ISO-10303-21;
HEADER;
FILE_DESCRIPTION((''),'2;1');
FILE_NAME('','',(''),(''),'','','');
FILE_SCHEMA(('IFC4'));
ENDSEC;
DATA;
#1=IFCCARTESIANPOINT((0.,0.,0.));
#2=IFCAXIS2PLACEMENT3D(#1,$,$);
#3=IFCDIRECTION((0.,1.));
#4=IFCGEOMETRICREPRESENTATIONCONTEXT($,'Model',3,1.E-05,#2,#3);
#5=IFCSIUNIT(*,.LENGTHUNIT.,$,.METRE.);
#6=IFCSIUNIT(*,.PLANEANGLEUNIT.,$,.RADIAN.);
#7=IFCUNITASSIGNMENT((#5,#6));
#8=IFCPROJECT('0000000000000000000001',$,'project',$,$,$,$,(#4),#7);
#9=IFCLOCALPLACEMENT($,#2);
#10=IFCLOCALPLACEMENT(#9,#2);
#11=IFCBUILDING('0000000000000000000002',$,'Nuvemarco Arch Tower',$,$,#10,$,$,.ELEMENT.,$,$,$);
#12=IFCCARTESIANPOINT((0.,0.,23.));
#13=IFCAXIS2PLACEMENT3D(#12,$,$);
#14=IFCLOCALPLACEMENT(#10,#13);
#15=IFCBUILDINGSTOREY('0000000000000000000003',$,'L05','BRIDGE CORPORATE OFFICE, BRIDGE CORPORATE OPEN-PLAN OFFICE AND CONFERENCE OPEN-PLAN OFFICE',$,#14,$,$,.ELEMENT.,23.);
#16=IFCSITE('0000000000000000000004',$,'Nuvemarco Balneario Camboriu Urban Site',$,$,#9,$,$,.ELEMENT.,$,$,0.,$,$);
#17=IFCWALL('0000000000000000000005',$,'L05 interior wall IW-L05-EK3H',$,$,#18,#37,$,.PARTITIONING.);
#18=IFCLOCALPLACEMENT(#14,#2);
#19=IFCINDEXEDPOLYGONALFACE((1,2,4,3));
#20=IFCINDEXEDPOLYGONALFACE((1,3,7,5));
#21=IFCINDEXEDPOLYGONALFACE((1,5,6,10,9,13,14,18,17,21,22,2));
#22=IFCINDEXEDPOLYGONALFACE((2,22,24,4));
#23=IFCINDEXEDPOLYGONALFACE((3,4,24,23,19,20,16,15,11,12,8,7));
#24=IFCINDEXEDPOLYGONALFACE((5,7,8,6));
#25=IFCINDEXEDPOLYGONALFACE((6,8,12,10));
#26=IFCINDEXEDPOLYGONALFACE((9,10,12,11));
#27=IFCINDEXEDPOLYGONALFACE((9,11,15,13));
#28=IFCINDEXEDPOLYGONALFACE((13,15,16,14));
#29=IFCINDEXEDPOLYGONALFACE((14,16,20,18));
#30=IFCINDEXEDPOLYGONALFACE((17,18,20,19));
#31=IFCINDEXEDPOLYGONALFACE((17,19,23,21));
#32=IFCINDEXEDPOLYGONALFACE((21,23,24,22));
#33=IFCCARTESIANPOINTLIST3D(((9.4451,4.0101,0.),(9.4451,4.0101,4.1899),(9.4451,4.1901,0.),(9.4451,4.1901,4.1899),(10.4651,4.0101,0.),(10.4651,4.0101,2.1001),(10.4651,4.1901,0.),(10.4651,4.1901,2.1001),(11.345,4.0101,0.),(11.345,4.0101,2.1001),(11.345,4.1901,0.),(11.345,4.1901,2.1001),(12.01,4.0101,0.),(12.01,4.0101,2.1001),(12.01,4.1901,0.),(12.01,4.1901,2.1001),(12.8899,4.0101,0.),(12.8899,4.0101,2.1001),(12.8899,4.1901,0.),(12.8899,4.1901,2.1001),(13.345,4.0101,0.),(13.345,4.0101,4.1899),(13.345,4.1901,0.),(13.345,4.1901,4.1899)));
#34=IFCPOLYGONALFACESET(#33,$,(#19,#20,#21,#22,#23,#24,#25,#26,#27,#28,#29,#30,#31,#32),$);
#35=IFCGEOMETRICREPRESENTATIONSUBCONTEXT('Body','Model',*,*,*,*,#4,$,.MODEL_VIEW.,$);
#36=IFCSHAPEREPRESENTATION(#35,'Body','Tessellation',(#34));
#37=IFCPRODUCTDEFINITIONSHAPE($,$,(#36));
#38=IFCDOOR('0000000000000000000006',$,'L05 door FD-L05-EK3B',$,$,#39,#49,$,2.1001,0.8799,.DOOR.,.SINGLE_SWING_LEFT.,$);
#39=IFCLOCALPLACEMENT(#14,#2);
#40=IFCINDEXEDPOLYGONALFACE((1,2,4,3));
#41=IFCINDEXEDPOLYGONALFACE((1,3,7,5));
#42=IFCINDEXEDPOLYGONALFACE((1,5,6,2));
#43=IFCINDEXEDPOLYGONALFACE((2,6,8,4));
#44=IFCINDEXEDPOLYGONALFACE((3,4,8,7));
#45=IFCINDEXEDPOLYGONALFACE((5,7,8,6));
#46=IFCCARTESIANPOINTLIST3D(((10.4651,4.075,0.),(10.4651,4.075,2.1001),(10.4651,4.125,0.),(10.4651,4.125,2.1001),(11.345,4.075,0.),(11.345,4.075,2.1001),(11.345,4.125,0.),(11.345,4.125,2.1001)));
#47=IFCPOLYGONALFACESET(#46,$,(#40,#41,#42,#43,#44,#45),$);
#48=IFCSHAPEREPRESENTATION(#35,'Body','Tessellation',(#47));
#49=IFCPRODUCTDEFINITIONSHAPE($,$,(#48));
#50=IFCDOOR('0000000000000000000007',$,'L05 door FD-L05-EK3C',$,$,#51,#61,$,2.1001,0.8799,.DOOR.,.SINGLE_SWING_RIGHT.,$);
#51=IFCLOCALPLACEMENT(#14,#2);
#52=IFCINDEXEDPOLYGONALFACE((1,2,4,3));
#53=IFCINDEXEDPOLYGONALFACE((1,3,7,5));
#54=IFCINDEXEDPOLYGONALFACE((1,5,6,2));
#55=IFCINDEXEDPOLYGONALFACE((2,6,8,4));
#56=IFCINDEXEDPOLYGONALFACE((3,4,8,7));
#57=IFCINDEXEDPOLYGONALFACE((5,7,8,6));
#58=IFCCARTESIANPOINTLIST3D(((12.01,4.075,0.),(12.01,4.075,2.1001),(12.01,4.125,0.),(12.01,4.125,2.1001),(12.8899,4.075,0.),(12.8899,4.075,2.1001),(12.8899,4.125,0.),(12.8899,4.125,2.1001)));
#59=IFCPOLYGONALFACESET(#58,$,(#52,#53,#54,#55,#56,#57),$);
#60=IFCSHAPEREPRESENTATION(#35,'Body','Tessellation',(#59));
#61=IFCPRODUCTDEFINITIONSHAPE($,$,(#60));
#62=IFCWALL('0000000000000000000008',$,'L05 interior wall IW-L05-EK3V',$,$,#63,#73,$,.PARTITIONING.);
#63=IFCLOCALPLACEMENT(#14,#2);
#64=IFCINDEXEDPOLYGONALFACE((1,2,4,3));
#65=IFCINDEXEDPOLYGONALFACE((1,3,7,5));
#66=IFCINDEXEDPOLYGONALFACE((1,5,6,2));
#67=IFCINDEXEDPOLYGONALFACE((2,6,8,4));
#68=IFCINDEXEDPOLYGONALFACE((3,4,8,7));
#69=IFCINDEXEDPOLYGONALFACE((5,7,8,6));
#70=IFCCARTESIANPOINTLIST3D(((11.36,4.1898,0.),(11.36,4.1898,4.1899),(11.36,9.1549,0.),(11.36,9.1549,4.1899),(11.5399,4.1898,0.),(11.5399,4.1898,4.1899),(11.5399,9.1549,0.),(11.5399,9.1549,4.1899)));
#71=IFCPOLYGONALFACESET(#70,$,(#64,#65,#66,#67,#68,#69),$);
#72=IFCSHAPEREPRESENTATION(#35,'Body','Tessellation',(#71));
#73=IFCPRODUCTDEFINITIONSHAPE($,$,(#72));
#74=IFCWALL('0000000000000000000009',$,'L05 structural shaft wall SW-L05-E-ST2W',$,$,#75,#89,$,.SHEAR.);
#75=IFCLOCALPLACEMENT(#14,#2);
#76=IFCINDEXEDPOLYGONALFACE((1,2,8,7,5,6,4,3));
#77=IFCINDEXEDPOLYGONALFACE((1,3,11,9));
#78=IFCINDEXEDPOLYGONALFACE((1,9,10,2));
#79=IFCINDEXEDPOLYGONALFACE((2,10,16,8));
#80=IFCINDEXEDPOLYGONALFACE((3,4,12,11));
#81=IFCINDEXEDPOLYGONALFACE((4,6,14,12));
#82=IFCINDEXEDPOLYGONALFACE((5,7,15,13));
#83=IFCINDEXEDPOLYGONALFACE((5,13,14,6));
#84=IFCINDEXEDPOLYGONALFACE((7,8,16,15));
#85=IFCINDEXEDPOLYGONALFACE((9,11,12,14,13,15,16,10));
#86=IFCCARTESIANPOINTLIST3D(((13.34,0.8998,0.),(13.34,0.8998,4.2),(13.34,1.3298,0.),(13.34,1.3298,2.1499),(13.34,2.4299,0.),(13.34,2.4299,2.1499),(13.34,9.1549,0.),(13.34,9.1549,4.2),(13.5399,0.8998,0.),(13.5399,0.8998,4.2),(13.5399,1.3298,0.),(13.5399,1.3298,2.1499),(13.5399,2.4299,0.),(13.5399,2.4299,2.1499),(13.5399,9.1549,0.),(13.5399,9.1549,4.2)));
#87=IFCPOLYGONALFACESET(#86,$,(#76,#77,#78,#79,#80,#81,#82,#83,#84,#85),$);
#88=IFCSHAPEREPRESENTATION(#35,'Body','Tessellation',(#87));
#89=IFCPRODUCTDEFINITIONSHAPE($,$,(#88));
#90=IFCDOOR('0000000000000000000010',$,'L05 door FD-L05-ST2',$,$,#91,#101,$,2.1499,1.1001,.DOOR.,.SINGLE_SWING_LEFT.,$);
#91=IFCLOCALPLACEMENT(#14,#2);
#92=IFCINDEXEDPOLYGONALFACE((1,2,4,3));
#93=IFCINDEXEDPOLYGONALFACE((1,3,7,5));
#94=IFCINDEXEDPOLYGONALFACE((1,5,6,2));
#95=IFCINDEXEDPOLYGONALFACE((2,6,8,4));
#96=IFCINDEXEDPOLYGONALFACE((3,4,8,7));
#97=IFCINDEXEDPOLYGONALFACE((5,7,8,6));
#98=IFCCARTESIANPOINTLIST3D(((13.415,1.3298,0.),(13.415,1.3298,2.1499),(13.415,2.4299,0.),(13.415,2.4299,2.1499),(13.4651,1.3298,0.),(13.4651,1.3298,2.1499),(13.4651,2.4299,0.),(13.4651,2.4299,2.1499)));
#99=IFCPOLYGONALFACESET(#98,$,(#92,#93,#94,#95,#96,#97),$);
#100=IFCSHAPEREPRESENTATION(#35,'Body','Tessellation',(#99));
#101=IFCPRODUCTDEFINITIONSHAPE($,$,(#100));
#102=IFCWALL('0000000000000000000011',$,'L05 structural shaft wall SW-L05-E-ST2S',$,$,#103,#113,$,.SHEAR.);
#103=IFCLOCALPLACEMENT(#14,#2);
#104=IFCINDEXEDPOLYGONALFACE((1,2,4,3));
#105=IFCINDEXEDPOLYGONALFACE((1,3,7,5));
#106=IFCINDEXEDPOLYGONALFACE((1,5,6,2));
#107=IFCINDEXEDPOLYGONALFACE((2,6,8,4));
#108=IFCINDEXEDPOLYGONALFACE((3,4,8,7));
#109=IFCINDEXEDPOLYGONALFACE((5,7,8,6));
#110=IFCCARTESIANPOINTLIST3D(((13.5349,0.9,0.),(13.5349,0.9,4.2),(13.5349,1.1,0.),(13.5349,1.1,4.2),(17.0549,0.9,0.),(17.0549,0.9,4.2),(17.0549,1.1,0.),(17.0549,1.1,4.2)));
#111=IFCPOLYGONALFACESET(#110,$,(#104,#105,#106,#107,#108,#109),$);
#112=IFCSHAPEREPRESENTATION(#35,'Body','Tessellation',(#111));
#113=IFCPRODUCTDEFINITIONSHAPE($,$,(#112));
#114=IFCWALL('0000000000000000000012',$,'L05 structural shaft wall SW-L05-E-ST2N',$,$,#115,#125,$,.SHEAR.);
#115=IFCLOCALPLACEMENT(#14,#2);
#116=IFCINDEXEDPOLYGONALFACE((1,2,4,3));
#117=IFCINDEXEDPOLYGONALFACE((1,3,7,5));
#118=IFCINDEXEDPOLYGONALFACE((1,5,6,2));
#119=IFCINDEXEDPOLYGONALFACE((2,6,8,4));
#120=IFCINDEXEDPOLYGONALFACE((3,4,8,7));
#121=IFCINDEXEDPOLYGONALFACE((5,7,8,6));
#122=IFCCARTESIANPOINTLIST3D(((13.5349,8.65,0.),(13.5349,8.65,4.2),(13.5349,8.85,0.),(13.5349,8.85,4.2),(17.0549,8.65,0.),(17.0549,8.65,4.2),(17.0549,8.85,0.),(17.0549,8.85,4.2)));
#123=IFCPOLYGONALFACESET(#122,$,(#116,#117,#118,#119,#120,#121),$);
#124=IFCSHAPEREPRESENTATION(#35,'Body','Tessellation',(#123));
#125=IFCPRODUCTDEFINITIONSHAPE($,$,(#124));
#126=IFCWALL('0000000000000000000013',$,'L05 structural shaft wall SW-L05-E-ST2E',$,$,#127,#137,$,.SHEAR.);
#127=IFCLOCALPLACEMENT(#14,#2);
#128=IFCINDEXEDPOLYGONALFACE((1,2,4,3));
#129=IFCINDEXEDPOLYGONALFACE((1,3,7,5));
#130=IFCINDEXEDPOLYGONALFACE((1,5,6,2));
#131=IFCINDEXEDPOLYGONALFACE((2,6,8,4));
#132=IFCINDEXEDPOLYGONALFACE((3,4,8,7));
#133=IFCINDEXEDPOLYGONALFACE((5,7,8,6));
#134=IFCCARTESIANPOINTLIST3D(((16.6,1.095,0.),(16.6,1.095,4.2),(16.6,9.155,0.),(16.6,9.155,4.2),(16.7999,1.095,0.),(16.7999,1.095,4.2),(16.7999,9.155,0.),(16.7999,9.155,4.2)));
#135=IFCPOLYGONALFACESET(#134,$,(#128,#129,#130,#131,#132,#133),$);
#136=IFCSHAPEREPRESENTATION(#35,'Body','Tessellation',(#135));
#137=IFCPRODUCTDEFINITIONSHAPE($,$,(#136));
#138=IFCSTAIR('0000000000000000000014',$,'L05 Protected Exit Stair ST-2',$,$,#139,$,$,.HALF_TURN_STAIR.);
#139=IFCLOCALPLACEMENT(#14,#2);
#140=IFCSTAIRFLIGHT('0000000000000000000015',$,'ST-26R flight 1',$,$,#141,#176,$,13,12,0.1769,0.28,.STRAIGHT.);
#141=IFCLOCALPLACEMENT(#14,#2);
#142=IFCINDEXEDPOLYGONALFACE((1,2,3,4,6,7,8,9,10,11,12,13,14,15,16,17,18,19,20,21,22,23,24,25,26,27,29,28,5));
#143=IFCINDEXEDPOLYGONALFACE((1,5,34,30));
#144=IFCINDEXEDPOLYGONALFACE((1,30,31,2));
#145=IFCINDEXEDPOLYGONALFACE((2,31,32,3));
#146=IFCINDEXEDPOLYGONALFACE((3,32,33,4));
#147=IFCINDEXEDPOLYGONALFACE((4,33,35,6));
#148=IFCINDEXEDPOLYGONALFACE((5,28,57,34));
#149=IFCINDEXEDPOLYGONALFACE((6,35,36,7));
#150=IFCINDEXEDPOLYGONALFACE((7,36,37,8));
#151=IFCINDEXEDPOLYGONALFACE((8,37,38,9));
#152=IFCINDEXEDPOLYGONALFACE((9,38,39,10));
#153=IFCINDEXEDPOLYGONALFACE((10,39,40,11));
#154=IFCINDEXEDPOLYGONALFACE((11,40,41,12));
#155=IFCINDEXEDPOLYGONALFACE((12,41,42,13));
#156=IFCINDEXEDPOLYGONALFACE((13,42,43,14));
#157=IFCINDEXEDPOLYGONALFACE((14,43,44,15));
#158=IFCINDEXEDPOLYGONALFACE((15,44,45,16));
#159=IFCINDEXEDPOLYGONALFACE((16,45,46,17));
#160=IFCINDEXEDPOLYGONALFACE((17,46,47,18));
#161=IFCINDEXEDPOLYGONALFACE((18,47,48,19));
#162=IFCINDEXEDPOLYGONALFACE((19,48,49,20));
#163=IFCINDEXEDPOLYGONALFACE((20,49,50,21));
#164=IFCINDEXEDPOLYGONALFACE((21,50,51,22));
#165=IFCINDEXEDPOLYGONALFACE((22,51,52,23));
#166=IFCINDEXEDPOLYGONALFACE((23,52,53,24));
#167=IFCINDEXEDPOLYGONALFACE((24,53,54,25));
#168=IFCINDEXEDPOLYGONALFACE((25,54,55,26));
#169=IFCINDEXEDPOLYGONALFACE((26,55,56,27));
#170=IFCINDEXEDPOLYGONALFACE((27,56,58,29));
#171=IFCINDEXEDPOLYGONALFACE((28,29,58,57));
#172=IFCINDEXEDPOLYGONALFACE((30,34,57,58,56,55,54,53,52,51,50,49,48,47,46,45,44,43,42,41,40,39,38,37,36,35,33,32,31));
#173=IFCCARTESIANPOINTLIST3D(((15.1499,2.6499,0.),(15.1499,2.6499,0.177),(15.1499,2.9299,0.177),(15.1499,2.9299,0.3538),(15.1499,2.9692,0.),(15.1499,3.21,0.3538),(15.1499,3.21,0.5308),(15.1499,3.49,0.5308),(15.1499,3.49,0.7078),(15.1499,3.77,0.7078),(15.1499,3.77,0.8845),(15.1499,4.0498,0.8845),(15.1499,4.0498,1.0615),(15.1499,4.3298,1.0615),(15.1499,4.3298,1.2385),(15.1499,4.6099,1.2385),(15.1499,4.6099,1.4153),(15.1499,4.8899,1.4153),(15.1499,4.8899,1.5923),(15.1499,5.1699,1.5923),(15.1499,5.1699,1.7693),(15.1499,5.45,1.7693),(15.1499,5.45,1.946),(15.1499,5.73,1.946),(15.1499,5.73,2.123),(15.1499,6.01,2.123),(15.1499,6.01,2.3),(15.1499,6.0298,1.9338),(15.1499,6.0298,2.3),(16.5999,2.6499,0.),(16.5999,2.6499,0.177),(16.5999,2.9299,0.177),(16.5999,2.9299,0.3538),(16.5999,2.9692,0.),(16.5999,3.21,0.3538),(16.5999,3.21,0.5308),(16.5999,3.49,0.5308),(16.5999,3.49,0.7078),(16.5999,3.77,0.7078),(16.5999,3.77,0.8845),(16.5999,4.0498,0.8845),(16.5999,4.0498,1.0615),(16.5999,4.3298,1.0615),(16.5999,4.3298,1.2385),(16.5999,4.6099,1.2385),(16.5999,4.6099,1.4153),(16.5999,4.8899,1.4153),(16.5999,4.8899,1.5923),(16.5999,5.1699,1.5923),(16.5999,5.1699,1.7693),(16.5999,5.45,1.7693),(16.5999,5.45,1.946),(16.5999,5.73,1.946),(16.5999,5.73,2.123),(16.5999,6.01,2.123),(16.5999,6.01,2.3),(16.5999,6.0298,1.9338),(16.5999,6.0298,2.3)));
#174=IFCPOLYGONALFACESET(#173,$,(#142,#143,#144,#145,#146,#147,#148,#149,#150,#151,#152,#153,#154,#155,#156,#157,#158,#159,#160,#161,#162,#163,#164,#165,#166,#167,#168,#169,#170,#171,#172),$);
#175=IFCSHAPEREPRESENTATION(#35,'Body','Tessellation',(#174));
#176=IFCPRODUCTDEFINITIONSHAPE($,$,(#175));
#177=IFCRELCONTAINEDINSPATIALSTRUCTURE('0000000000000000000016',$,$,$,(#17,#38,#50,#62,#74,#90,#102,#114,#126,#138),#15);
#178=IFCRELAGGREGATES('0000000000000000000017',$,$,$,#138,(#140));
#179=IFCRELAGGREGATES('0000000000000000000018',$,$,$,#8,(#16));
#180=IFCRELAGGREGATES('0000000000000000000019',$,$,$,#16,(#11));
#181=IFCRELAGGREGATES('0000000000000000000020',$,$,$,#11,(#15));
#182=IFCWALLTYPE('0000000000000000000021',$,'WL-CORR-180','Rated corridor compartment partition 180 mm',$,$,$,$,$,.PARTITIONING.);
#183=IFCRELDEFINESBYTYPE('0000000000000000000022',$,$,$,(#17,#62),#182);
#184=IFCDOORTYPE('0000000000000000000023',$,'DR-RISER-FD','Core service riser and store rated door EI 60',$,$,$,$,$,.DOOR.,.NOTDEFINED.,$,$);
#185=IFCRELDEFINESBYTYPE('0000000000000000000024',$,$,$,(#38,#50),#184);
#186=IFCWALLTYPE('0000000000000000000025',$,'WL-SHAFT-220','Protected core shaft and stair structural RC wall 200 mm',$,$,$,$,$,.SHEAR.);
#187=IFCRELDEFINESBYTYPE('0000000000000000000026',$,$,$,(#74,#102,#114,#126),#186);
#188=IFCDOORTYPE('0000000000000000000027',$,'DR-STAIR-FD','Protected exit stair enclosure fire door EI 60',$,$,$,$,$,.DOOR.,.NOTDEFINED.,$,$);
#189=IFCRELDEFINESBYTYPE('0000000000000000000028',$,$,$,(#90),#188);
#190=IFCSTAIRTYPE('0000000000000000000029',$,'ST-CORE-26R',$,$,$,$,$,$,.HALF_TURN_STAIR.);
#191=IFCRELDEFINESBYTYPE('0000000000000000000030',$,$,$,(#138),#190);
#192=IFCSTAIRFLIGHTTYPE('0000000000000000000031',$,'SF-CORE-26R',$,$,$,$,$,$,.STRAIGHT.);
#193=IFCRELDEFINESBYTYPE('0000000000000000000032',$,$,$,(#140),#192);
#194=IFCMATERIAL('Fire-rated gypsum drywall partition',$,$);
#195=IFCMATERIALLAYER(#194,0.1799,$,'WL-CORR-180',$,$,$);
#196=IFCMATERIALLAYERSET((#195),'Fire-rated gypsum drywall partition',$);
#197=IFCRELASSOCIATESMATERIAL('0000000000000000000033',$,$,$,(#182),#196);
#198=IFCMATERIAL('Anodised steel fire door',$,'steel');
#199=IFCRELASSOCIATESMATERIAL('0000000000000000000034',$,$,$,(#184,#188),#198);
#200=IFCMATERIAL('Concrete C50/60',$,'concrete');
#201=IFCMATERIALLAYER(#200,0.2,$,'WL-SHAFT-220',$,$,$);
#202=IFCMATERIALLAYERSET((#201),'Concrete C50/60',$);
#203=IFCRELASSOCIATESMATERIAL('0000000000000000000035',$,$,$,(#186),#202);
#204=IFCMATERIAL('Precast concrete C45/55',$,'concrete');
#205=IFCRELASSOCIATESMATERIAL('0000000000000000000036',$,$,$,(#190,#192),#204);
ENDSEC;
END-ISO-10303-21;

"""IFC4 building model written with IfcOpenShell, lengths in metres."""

from ifc_helpers import new_model, si_unit, direction, frame, frame_2d, origin, place, context, subcontext, project, spatial, polyline, rectangle, outline, extrude, source, transform, mapped, material, layer, layer_set, type_object, type_shapes, element, fill, aggregate, save


model = new_model("IFC4")

# Units and contexts
model_context = context("Model", 3, precision=1e-05, world=origin(), true_north=direction((0.0, 1.0)))
body_context = subcontext(model_context, "Body", "Model", "MODEL_VIEW")
ifc_project = project(units=[si_unit("LENGTHUNIT", "METRE"), si_unit("PLANEANGLEUNIT", "RADIAN")], contexts=[model_context])

# Site, building, storey
site_placement = place(None, origin())
site = spatial("IfcSite", under=ifc_project, at=site_placement, Name="Nuvemarco Balneario Camboriu Urban Site", CompositionType="ELEMENT", RefElevation=0.0)
building_placement = place(site_placement, origin())
building = spatial("IfcBuilding", under=site, at=building_placement, Name="Nuvemarco Arch Tower", CompositionType="ELEMENT")
storey_placement = place(building_placement, frame((0.0, 0.0, 23.0)))
storey = spatial("IfcBuildingStorey", under=building, at=storey_placement, Name="L05", Description="BRIDGE CORPORATE OFFICE, BRIDGE CORPORATE OPEN-PLAN OFFICE AND CONFERENCE OPEN-PLAN OFFICE", CompositionType="ELEMENT", Elevation=23.0)

# Shared definitions
ifc_material_1 = material(Name="Fire-rated gypsum drywall partition")
ifc_layer_1 = layer(ifc_material_1, 0.1799, Name="WL-CORR-180")
ifc_layer_set_1 = layer_set([ifc_layer_1], Name="Fire-rated gypsum drywall partition")
wall_type_1 = type_object("IfcWallType", Name="WL-CORR-180", Description="Rated corridor compartment partition 180 mm", PredefinedType="PARTITIONING", material=ifc_layer_set_1)
ifc_material_2 = material(Name="Anodised steel fire door", Category="steel")
door_type_1 = type_object("IfcDoorType", Name="DR-RISER-FD", Description="Core service riser and store rated door EI 60", OperationType="NOTDEFINED", PredefinedType="DOOR", material=ifc_material_2)
shared_shape_1 = source(origin(), body_context, "Body", "SweptSolid", [
    extrude(rectangle(XDim=0.8799, YDim=2.1001, at=frame_2d((0.4399, 1.05))), frame((0.0, 0.0249, 0.0), z_axis=(0.0, -1.0, 0.0), x_axis=(1.0, 0.0, 0.0)), (0.0, 0.0, 1.0), 0.05),
])
type_shapes(door_type_1, [shared_shape_1])

# Wall, openings, doors
wall_1_placement = place(storey_placement, frame((9.4451, 4.1001, 0.0), z_axis=(0.0, 0.0, 1.0), x_axis=(1.0, 0.0, 0.0)))
wall_1 = element("IfcWall", 1, at=wall_1_placement, inside=storey, type_object=wall_type_1, Name="L05 interior wall IW-L05-EK3H", PredefinedType="PARTITIONING", context=body_context, shape_type="SweptSolid", body=[
    extrude(rectangle(XDim=3.8999, YDim=0.1799, at=frame_2d((1.95, 0.0))), origin(), (0.0, 0.0, 1.0), 4.1899),
])
opening_1_placement = place(wall_1_placement, frame((1.02, 0.0, 0.0)))
opening_1 = element("IfcOpeningElement", 2, at=opening_1_placement, cuts=wall_1, PredefinedType="OPENING", context=body_context, shape_type="SweptSolid", body=[
    extrude(rectangle(XDim=0.8799, YDim=2.1001, at=frame_2d((0.4399, 1.05))), frame((0.0, 0.0999, 0.0), z_axis=(0.0, -1.0, 0.0), x_axis=(1.0, 0.0, 0.0)), (0.0, 0.0, 1.0), 0.2),
])
opening_2_placement = place(wall_1_placement, frame((2.5649, 0.0, 0.0)))
opening_2 = element("IfcOpeningElement", 3, at=opening_2_placement, cuts=wall_1, PredefinedType="OPENING", context=body_context, shape_type="SweptSolid", body=[
    extrude(rectangle(XDim=0.8799, YDim=2.1001, at=frame_2d((0.4399, 1.05))), frame((0.0, 0.0999, 0.0), z_axis=(0.0, -1.0, 0.0), x_axis=(1.0, 0.0, 0.0)), (0.0, 0.0, 1.0), 0.2),
])
door_1_placement = place(opening_1_placement, origin())
door_1 = element("IfcDoor", 4, at=door_1_placement, inside=storey, type_object=door_type_1, Name="L05 door FD-L05-EK3B", OperationType="SINGLE_SWING_LEFT", OverallHeight=2.1001, OverallWidth=0.8799, PredefinedType="DOOR", context=body_context, shape_type="MappedRepresentation", body=[
    mapped(shared_shape_1, transform((0.0, 0.0, 0.0), scale=1.0)),
])
fill(opening_1, door_1)
door_2_placement = place(opening_2_placement, origin())
door_2 = element("IfcDoor", 5, at=door_2_placement, inside=storey, type_object=door_type_1, Name="L05 door FD-L05-EK3C", OperationType="SINGLE_SWING_RIGHT", OverallHeight=2.1001, OverallWidth=0.8799, PredefinedType="DOOR", context=body_context, shape_type="MappedRepresentation", body=[
    mapped(shared_shape_1, transform((0.0, 0.0, 0.0), scale=1.0)),
])
fill(opening_2, door_2)

# Wall
wall_2_placement = place(storey_placement, frame((11.45, 4.1899, 0.0), z_axis=(0.0, 0.0, 1.0), x_axis=(0.0, 1.0, 0.0)))
element("IfcWall", 6, at=wall_2_placement, inside=storey, type_object=wall_type_1, Name="L05 interior wall IW-L05-EK3V", PredefinedType="PARTITIONING", context=body_context, shape_type="SweptSolid", body=[
    extrude(rectangle(XDim=4.9651, YDim=0.1799, at=frame_2d((2.4824, 0.0))), origin(), (0.0, 0.0, 1.0), 4.1899),
])

# Wall, opening, door
ifc_material_3 = material(Name="Concrete C50/60", Category="concrete")
ifc_layer_2 = layer(ifc_material_3, 0.2, Name="WL-SHAFT-220")
ifc_layer_set_2 = layer_set([ifc_layer_2], Name="Concrete C50/60")
wall_type_2 = type_object("IfcWallType", Name="WL-SHAFT-220", Description="Protected core shaft and stair structural RC wall 200 mm", PredefinedType="SHEAR", material=ifc_layer_set_2)
wall_3_placement = place(storey_placement, frame((13.4399, 0.8999, 0.0), z_axis=(0.0, 0.0, 1.0), x_axis=(0.0, 1.0, 0.0)))
wall_3 = element("IfcWall", 7, at=wall_3_placement, inside=storey, type_object=wall_type_2, Name="L05 structural shaft wall SW-L05-E-ST2W", PredefinedType="SHEAR", context=body_context, shape_type="SweptSolid", body=[
    extrude(rectangle(XDim=8.2551, YDim=0.2, at=frame_2d((4.1274, 0.0))), origin(), (0.0, 0.0, 1.0), 4.2),
])
opening_3_placement = place(wall_3_placement, frame((0.4299, 0.0, 0.0)))
opening_3 = element("IfcOpeningElement", 8, at=opening_3_placement, cuts=wall_3, PredefinedType="OPENING", context=body_context, shape_type="SweptSolid", body=[
    extrude(rectangle(XDim=1.1001, YDim=2.1499, at=frame_2d((0.55, 1.075))), frame((0.0, 0.1099, 0.0), z_axis=(0.0, -1.0, 0.0), x_axis=(1.0, 0.0, 0.0)), (0.0, 0.0, 1.0), 0.22),
])
door_type_2 = type_object("IfcDoorType", Name="DR-STAIR-FD", Description="Protected exit stair enclosure fire door EI 60", OperationType="NOTDEFINED", PredefinedType="DOOR", material=ifc_material_2)
shared_shape_2 = source(origin(), body_context, "Body", "SweptSolid", [
    extrude(rectangle(XDim=1.1001, YDim=2.1499, at=frame_2d((0.55, 1.075))), frame((0.0, 0.0249, 0.0), z_axis=(0.0, -1.0, 0.0), x_axis=(1.0, 0.0, 0.0)), (0.0, 0.0, 1.0), 0.05),
])
type_shapes(door_type_2, [shared_shape_2])
door_3_placement = place(opening_3_placement, origin())
door_3 = element("IfcDoor", 9, at=door_3_placement, inside=storey, type_object=door_type_2, Name="L05 door FD-L05-ST2", OperationType="SINGLE_SWING_LEFT", OverallHeight=2.1499, OverallWidth=1.1001, PredefinedType="DOOR", context=body_context, shape_type="MappedRepresentation", body=[
    mapped(shared_shape_2, transform((0.0, 0.0, 0.0), scale=1.0)),
])
fill(opening_3, door_3)

# Walls
for number, where, z_axis, x_axis, name in (
    (10, (13.5349, 1.0, 0.0), (0.0, 0.0, 1.0), (1.0, 0.0, 0.0), "L05 structural shaft wall SW-L05-E-ST2S"),
    (11, (13.5349, 8.75, 0.0), (0.0, 0.0, 1.0), (1.0, 0.0, 0.0), "L05 structural shaft wall SW-L05-E-ST2N"),
):
    element("IfcWall", number, at=place(storey_placement, frame(where, z_axis=z_axis, x_axis=x_axis)), inside=storey, type_object=wall_type_2, Name=name, PredefinedType="SHEAR", context=body_context, shape_type="SweptSolid", body=[
        extrude(rectangle(XDim=3.52, YDim=0.2, at=frame_2d((1.76, 0.0))), origin(), (0.0, 0.0, 1.0), 4.2),
    ])
wall_4_placement = place(storey_placement, frame((16.7, 1.095, 0.0), z_axis=(0.0, 0.0, 1.0), x_axis=(0.0, 1.0, 0.0)))
element("IfcWall", 12, at=wall_4_placement, inside=storey, type_object=wall_type_2, Name="L05 structural shaft wall SW-L05-E-ST2E", PredefinedType="SHEAR", context=body_context, shape_type="SweptSolid", body=[
    extrude(rectangle(XDim=8.0601, YDim=0.2, at=frame_2d((4.03, 0.0))), origin(), (0.0, 0.0, 1.0), 4.2),
])

# Stair, stair flight
ifc_material_4 = material(Name="Precast concrete C45/55", Category="concrete")
stair_type = type_object("IfcStairType", Name="ST-CORE-26R", PredefinedType="HALF_TURN_STAIR", material=ifc_material_4)
stair_placement = place(storey_placement, origin())
stair = element("IfcStair", 13, at=stair_placement, inside=storey, type_object=stair_type, Name="L05 Protected Exit Stair ST-2", PredefinedType="HALF_TURN_STAIR")
stair_flight_type = type_object("IfcStairFlightType", Name="SF-CORE-26R", PredefinedType="STRAIGHT", material=ifc_material_4)
stair_flight_1_placement = place(storey_placement, frame((15.875, 2.6499, 0.0), z_axis=(0.0, 0.0, 1.0), x_axis=(0.0, 1.0, 0.0)))
stair_flight_1 = element("IfcStairFlight", 14, at=stair_flight_1_placement, type_object=stair_flight_type, Name="ST-26R flight 1", NumberOfRisers=13, NumberOfTreads=12, PredefinedType="STRAIGHT", RiserHeight=0.1769, TreadLength=0.28, context=body_context, shape_type="SweptSolid", body=[
    extrude(outline(polyline([(0.0, 0.0), (0.0, 0.177), (0.28, 0.177), (0.28, 0.3538), (0.5601, 0.3538), (0.5601, 0.5308), (0.8401, 0.5308), (0.8401, 0.7078), (1.1201, 0.7078), (1.1201, 0.8845), (1.3999, 0.8845), (1.3999, 1.0615), (1.6799, 1.0615), (1.6799, 1.2385), (1.96, 1.2385), (1.96, 1.4153), (2.24, 1.4153), (2.24, 1.5923), (2.52, 1.5923), (2.52, 1.7693), (2.8, 1.7693), (2.8, 1.946), (3.0801, 1.946), (3.0801, 2.123), (3.3601, 2.123), (3.3601, 2.3), (3.3799, 2.3), (3.3799, 1.9338), (0.3193, 0.0), (0.0, 0.0)])), frame((0.0, 0.7251, 0.0), z_axis=(0.0, -1.0, 0.0), x_axis=(1.0, 0.0, 0.0)), (0.0, 0.0, 1.0), 1.45),
])
aggregate(stair, [stair_flight_1])

save(model, "model.ifc")
